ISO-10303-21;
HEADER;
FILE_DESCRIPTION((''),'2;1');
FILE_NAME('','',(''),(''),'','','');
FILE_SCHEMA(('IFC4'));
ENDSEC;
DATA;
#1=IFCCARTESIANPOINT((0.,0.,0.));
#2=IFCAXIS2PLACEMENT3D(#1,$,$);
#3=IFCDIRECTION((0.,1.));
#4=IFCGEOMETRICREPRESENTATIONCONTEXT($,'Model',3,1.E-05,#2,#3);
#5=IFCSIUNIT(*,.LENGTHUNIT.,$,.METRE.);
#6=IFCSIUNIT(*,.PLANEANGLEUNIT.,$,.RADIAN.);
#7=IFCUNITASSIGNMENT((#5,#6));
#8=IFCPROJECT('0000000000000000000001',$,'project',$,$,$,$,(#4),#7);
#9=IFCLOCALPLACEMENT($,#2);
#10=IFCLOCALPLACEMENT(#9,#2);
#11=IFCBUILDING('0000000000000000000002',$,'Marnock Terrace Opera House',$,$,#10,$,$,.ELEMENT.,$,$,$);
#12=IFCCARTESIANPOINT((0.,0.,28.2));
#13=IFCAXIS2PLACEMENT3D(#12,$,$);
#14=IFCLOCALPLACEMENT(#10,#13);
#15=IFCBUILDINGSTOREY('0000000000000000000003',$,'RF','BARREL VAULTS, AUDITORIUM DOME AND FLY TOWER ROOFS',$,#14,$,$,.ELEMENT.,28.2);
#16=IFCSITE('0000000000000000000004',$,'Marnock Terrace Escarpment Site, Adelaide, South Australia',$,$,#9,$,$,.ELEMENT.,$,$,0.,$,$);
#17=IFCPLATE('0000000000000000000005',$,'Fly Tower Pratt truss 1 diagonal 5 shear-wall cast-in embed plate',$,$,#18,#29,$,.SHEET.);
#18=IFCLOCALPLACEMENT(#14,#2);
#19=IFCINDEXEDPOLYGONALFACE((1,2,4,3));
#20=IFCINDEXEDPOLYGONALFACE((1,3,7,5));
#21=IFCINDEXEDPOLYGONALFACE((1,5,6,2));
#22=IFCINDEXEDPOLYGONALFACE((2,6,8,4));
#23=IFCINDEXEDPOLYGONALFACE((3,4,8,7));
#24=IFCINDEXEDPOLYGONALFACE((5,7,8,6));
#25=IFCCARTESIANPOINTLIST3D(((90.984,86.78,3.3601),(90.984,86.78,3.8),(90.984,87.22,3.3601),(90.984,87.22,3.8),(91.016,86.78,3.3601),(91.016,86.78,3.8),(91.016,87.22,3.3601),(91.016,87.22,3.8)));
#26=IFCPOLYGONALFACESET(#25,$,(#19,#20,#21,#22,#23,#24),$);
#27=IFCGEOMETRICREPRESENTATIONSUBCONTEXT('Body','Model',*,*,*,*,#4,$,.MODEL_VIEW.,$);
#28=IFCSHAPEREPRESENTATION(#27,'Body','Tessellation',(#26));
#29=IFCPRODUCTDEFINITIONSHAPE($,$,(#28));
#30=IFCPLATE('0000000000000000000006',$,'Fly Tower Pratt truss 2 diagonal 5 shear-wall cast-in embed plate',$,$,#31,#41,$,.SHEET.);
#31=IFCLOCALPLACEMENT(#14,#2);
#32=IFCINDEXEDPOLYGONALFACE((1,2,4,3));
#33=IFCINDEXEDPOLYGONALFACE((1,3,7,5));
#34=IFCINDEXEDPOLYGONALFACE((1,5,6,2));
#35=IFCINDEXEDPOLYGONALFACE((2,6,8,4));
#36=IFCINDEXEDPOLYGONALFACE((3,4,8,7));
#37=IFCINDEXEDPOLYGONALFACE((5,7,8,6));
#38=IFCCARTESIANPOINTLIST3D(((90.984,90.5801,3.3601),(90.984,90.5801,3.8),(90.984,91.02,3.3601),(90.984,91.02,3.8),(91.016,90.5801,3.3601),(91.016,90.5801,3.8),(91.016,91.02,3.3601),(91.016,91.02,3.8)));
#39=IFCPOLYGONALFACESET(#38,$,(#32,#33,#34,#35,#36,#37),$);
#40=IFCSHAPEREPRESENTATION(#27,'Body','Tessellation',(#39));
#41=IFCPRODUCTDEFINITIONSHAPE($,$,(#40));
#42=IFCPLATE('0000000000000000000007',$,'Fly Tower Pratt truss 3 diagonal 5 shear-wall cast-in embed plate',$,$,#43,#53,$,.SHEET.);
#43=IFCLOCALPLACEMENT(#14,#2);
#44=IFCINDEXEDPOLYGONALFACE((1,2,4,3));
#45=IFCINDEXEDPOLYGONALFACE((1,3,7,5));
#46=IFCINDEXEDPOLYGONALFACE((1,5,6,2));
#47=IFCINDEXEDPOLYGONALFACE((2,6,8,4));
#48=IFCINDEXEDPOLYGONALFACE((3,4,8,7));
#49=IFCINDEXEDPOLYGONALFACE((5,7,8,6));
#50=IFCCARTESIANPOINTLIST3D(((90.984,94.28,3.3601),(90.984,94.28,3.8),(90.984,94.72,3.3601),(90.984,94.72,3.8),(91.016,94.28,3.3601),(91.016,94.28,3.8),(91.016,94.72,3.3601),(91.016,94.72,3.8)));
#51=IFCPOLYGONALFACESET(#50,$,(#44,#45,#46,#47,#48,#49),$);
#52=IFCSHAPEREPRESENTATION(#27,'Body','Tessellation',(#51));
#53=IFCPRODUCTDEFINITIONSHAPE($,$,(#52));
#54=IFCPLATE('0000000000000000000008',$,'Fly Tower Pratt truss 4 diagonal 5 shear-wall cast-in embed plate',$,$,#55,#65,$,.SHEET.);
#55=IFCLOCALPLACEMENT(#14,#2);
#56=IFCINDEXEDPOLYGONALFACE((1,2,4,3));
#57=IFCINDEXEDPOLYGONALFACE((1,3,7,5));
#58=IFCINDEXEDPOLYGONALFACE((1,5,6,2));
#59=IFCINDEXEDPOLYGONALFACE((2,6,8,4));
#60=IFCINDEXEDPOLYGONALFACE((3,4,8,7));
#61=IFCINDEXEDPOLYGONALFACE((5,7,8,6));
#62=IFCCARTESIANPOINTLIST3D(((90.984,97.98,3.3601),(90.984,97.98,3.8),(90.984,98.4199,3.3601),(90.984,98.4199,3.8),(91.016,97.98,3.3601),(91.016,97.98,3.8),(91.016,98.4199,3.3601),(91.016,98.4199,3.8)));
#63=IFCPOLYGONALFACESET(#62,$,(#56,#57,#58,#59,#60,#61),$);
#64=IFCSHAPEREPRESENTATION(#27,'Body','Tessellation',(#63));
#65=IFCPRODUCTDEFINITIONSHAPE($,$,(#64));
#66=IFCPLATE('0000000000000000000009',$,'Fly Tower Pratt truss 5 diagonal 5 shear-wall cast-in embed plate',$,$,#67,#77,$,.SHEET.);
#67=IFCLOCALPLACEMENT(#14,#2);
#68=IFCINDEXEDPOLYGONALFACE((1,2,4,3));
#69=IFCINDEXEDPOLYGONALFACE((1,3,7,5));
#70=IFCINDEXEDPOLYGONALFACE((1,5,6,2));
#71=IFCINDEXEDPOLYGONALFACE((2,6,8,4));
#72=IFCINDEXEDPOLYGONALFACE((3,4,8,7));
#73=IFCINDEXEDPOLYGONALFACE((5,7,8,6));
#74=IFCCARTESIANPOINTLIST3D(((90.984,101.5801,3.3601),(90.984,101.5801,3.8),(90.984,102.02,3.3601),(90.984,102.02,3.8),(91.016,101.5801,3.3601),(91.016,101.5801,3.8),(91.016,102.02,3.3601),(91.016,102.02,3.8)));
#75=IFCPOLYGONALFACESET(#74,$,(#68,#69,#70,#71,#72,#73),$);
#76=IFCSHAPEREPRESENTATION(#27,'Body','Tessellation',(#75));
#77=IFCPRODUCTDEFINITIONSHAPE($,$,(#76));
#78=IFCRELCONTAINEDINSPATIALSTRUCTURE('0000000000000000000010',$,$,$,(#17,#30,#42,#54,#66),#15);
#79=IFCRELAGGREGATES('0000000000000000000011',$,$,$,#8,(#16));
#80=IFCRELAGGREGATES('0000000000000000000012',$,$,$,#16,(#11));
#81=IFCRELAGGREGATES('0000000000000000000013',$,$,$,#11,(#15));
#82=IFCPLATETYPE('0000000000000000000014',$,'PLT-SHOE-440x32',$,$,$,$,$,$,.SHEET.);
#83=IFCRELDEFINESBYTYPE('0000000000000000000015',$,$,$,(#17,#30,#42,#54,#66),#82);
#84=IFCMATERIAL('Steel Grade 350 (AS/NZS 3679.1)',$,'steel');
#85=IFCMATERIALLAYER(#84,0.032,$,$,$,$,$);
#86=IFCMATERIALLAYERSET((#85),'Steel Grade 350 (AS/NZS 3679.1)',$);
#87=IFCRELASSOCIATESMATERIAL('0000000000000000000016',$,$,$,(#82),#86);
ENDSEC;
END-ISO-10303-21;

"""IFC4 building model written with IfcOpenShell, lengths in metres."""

from ifc_helpers import new_model, si_unit, direction, frame, origin, origin_2d, place, context, subcontext, project, spatial, rectangle, extrude, material, layer, layer_set, type_object, element, save


model = new_model("IFC4")

# Units and contexts
model_context = context("Model", 3, precision=1e-05, world=origin(), true_north=direction((0.0, 1.0)))
body_context = subcontext(model_context, "Body", "Model", "MODEL_VIEW")
ifc_project = project(units=[si_unit("LENGTHUNIT", "METRE"), si_unit("PLANEANGLEUNIT", "RADIAN")], contexts=[model_context])

# Site, building, storey
site_placement = place(None, origin())
site = spatial("IfcSite", under=ifc_project, at=site_placement, Name="Marnock Terrace Escarpment Site, Adelaide, South Australia", CompositionType="ELEMENT", RefElevation=0.0)
building_placement = place(site_placement, origin())
building = spatial("IfcBuilding", under=site, at=building_placement, Name="Marnock Terrace Opera House", CompositionType="ELEMENT")
storey_placement = place(building_placement, frame((0.0, 0.0, 28.2)))
storey = spatial("IfcBuildingStorey", under=building, at=storey_placement, Name="RF", Description="BARREL VAULTS, AUDITORIUM DOME AND FLY TOWER ROOFS", CompositionType="ELEMENT", Elevation=28.2)

# Plates
ifc_material_1 = material(Name="Steel Grade 350 (AS/NZS 3679.1)", Category="steel")
ifc_layer = layer(ifc_material_1, 0.032)
ifc_layer_set = layer_set([ifc_layer], Name="Steel Grade 350 (AS/NZS 3679.1)")
plate_type = type_object("IfcPlateType", Name="PLT-SHOE-440x32", PredefinedType="SHEET", material=ifc_layer_set)
for number, where, z_axis, x_axis, name in (
    (1, (91.0, 87.0, 3.3601), (0.0, 0.0, 1.0), (1.0, 0.0, 0.0), "Fly Tower Pratt truss 1 diagonal 5 shear-wall cast-in embed plate"),
    (2, (91.0, 90.8, 3.3601), (0.0, 0.0, 1.0), (1.0, 0.0, 0.0), "Fly Tower Pratt truss 2 diagonal 5 shear-wall cast-in embed plate"),
    (3, (91.0, 94.5, 3.3601), (0.0, 0.0, 1.0), (1.0, 0.0, 0.0), "Fly Tower Pratt truss 3 diagonal 5 shear-wall cast-in embed plate"),
    (4, (91.0, 98.2, 3.3601), (0.0, 0.0, 1.0), (1.0, 0.0, 0.0), "Fly Tower Pratt truss 4 diagonal 5 shear-wall cast-in embed plate"),
    (5, (91.0, 101.8, 3.3601), (0.0, 0.0, 1.0), (1.0, 0.0, 0.0), "Fly Tower Pratt truss 5 diagonal 5 shear-wall cast-in embed plate"),
):
    element("IfcPlate", number, at=place(storey_placement, frame(where, z_axis=z_axis, x_axis=x_axis)), inside=storey, type_object=plate_type, Name=name, PredefinedType="SHEET", context=body_context, shape_type="SweptSolid", body=[
        extrude(rectangle(XDim=0.032, YDim=0.4399, at=origin_2d()), origin(), (0.0, 0.0, 1.0), 0.4399),
    ])

save(model, "model.ifc")
